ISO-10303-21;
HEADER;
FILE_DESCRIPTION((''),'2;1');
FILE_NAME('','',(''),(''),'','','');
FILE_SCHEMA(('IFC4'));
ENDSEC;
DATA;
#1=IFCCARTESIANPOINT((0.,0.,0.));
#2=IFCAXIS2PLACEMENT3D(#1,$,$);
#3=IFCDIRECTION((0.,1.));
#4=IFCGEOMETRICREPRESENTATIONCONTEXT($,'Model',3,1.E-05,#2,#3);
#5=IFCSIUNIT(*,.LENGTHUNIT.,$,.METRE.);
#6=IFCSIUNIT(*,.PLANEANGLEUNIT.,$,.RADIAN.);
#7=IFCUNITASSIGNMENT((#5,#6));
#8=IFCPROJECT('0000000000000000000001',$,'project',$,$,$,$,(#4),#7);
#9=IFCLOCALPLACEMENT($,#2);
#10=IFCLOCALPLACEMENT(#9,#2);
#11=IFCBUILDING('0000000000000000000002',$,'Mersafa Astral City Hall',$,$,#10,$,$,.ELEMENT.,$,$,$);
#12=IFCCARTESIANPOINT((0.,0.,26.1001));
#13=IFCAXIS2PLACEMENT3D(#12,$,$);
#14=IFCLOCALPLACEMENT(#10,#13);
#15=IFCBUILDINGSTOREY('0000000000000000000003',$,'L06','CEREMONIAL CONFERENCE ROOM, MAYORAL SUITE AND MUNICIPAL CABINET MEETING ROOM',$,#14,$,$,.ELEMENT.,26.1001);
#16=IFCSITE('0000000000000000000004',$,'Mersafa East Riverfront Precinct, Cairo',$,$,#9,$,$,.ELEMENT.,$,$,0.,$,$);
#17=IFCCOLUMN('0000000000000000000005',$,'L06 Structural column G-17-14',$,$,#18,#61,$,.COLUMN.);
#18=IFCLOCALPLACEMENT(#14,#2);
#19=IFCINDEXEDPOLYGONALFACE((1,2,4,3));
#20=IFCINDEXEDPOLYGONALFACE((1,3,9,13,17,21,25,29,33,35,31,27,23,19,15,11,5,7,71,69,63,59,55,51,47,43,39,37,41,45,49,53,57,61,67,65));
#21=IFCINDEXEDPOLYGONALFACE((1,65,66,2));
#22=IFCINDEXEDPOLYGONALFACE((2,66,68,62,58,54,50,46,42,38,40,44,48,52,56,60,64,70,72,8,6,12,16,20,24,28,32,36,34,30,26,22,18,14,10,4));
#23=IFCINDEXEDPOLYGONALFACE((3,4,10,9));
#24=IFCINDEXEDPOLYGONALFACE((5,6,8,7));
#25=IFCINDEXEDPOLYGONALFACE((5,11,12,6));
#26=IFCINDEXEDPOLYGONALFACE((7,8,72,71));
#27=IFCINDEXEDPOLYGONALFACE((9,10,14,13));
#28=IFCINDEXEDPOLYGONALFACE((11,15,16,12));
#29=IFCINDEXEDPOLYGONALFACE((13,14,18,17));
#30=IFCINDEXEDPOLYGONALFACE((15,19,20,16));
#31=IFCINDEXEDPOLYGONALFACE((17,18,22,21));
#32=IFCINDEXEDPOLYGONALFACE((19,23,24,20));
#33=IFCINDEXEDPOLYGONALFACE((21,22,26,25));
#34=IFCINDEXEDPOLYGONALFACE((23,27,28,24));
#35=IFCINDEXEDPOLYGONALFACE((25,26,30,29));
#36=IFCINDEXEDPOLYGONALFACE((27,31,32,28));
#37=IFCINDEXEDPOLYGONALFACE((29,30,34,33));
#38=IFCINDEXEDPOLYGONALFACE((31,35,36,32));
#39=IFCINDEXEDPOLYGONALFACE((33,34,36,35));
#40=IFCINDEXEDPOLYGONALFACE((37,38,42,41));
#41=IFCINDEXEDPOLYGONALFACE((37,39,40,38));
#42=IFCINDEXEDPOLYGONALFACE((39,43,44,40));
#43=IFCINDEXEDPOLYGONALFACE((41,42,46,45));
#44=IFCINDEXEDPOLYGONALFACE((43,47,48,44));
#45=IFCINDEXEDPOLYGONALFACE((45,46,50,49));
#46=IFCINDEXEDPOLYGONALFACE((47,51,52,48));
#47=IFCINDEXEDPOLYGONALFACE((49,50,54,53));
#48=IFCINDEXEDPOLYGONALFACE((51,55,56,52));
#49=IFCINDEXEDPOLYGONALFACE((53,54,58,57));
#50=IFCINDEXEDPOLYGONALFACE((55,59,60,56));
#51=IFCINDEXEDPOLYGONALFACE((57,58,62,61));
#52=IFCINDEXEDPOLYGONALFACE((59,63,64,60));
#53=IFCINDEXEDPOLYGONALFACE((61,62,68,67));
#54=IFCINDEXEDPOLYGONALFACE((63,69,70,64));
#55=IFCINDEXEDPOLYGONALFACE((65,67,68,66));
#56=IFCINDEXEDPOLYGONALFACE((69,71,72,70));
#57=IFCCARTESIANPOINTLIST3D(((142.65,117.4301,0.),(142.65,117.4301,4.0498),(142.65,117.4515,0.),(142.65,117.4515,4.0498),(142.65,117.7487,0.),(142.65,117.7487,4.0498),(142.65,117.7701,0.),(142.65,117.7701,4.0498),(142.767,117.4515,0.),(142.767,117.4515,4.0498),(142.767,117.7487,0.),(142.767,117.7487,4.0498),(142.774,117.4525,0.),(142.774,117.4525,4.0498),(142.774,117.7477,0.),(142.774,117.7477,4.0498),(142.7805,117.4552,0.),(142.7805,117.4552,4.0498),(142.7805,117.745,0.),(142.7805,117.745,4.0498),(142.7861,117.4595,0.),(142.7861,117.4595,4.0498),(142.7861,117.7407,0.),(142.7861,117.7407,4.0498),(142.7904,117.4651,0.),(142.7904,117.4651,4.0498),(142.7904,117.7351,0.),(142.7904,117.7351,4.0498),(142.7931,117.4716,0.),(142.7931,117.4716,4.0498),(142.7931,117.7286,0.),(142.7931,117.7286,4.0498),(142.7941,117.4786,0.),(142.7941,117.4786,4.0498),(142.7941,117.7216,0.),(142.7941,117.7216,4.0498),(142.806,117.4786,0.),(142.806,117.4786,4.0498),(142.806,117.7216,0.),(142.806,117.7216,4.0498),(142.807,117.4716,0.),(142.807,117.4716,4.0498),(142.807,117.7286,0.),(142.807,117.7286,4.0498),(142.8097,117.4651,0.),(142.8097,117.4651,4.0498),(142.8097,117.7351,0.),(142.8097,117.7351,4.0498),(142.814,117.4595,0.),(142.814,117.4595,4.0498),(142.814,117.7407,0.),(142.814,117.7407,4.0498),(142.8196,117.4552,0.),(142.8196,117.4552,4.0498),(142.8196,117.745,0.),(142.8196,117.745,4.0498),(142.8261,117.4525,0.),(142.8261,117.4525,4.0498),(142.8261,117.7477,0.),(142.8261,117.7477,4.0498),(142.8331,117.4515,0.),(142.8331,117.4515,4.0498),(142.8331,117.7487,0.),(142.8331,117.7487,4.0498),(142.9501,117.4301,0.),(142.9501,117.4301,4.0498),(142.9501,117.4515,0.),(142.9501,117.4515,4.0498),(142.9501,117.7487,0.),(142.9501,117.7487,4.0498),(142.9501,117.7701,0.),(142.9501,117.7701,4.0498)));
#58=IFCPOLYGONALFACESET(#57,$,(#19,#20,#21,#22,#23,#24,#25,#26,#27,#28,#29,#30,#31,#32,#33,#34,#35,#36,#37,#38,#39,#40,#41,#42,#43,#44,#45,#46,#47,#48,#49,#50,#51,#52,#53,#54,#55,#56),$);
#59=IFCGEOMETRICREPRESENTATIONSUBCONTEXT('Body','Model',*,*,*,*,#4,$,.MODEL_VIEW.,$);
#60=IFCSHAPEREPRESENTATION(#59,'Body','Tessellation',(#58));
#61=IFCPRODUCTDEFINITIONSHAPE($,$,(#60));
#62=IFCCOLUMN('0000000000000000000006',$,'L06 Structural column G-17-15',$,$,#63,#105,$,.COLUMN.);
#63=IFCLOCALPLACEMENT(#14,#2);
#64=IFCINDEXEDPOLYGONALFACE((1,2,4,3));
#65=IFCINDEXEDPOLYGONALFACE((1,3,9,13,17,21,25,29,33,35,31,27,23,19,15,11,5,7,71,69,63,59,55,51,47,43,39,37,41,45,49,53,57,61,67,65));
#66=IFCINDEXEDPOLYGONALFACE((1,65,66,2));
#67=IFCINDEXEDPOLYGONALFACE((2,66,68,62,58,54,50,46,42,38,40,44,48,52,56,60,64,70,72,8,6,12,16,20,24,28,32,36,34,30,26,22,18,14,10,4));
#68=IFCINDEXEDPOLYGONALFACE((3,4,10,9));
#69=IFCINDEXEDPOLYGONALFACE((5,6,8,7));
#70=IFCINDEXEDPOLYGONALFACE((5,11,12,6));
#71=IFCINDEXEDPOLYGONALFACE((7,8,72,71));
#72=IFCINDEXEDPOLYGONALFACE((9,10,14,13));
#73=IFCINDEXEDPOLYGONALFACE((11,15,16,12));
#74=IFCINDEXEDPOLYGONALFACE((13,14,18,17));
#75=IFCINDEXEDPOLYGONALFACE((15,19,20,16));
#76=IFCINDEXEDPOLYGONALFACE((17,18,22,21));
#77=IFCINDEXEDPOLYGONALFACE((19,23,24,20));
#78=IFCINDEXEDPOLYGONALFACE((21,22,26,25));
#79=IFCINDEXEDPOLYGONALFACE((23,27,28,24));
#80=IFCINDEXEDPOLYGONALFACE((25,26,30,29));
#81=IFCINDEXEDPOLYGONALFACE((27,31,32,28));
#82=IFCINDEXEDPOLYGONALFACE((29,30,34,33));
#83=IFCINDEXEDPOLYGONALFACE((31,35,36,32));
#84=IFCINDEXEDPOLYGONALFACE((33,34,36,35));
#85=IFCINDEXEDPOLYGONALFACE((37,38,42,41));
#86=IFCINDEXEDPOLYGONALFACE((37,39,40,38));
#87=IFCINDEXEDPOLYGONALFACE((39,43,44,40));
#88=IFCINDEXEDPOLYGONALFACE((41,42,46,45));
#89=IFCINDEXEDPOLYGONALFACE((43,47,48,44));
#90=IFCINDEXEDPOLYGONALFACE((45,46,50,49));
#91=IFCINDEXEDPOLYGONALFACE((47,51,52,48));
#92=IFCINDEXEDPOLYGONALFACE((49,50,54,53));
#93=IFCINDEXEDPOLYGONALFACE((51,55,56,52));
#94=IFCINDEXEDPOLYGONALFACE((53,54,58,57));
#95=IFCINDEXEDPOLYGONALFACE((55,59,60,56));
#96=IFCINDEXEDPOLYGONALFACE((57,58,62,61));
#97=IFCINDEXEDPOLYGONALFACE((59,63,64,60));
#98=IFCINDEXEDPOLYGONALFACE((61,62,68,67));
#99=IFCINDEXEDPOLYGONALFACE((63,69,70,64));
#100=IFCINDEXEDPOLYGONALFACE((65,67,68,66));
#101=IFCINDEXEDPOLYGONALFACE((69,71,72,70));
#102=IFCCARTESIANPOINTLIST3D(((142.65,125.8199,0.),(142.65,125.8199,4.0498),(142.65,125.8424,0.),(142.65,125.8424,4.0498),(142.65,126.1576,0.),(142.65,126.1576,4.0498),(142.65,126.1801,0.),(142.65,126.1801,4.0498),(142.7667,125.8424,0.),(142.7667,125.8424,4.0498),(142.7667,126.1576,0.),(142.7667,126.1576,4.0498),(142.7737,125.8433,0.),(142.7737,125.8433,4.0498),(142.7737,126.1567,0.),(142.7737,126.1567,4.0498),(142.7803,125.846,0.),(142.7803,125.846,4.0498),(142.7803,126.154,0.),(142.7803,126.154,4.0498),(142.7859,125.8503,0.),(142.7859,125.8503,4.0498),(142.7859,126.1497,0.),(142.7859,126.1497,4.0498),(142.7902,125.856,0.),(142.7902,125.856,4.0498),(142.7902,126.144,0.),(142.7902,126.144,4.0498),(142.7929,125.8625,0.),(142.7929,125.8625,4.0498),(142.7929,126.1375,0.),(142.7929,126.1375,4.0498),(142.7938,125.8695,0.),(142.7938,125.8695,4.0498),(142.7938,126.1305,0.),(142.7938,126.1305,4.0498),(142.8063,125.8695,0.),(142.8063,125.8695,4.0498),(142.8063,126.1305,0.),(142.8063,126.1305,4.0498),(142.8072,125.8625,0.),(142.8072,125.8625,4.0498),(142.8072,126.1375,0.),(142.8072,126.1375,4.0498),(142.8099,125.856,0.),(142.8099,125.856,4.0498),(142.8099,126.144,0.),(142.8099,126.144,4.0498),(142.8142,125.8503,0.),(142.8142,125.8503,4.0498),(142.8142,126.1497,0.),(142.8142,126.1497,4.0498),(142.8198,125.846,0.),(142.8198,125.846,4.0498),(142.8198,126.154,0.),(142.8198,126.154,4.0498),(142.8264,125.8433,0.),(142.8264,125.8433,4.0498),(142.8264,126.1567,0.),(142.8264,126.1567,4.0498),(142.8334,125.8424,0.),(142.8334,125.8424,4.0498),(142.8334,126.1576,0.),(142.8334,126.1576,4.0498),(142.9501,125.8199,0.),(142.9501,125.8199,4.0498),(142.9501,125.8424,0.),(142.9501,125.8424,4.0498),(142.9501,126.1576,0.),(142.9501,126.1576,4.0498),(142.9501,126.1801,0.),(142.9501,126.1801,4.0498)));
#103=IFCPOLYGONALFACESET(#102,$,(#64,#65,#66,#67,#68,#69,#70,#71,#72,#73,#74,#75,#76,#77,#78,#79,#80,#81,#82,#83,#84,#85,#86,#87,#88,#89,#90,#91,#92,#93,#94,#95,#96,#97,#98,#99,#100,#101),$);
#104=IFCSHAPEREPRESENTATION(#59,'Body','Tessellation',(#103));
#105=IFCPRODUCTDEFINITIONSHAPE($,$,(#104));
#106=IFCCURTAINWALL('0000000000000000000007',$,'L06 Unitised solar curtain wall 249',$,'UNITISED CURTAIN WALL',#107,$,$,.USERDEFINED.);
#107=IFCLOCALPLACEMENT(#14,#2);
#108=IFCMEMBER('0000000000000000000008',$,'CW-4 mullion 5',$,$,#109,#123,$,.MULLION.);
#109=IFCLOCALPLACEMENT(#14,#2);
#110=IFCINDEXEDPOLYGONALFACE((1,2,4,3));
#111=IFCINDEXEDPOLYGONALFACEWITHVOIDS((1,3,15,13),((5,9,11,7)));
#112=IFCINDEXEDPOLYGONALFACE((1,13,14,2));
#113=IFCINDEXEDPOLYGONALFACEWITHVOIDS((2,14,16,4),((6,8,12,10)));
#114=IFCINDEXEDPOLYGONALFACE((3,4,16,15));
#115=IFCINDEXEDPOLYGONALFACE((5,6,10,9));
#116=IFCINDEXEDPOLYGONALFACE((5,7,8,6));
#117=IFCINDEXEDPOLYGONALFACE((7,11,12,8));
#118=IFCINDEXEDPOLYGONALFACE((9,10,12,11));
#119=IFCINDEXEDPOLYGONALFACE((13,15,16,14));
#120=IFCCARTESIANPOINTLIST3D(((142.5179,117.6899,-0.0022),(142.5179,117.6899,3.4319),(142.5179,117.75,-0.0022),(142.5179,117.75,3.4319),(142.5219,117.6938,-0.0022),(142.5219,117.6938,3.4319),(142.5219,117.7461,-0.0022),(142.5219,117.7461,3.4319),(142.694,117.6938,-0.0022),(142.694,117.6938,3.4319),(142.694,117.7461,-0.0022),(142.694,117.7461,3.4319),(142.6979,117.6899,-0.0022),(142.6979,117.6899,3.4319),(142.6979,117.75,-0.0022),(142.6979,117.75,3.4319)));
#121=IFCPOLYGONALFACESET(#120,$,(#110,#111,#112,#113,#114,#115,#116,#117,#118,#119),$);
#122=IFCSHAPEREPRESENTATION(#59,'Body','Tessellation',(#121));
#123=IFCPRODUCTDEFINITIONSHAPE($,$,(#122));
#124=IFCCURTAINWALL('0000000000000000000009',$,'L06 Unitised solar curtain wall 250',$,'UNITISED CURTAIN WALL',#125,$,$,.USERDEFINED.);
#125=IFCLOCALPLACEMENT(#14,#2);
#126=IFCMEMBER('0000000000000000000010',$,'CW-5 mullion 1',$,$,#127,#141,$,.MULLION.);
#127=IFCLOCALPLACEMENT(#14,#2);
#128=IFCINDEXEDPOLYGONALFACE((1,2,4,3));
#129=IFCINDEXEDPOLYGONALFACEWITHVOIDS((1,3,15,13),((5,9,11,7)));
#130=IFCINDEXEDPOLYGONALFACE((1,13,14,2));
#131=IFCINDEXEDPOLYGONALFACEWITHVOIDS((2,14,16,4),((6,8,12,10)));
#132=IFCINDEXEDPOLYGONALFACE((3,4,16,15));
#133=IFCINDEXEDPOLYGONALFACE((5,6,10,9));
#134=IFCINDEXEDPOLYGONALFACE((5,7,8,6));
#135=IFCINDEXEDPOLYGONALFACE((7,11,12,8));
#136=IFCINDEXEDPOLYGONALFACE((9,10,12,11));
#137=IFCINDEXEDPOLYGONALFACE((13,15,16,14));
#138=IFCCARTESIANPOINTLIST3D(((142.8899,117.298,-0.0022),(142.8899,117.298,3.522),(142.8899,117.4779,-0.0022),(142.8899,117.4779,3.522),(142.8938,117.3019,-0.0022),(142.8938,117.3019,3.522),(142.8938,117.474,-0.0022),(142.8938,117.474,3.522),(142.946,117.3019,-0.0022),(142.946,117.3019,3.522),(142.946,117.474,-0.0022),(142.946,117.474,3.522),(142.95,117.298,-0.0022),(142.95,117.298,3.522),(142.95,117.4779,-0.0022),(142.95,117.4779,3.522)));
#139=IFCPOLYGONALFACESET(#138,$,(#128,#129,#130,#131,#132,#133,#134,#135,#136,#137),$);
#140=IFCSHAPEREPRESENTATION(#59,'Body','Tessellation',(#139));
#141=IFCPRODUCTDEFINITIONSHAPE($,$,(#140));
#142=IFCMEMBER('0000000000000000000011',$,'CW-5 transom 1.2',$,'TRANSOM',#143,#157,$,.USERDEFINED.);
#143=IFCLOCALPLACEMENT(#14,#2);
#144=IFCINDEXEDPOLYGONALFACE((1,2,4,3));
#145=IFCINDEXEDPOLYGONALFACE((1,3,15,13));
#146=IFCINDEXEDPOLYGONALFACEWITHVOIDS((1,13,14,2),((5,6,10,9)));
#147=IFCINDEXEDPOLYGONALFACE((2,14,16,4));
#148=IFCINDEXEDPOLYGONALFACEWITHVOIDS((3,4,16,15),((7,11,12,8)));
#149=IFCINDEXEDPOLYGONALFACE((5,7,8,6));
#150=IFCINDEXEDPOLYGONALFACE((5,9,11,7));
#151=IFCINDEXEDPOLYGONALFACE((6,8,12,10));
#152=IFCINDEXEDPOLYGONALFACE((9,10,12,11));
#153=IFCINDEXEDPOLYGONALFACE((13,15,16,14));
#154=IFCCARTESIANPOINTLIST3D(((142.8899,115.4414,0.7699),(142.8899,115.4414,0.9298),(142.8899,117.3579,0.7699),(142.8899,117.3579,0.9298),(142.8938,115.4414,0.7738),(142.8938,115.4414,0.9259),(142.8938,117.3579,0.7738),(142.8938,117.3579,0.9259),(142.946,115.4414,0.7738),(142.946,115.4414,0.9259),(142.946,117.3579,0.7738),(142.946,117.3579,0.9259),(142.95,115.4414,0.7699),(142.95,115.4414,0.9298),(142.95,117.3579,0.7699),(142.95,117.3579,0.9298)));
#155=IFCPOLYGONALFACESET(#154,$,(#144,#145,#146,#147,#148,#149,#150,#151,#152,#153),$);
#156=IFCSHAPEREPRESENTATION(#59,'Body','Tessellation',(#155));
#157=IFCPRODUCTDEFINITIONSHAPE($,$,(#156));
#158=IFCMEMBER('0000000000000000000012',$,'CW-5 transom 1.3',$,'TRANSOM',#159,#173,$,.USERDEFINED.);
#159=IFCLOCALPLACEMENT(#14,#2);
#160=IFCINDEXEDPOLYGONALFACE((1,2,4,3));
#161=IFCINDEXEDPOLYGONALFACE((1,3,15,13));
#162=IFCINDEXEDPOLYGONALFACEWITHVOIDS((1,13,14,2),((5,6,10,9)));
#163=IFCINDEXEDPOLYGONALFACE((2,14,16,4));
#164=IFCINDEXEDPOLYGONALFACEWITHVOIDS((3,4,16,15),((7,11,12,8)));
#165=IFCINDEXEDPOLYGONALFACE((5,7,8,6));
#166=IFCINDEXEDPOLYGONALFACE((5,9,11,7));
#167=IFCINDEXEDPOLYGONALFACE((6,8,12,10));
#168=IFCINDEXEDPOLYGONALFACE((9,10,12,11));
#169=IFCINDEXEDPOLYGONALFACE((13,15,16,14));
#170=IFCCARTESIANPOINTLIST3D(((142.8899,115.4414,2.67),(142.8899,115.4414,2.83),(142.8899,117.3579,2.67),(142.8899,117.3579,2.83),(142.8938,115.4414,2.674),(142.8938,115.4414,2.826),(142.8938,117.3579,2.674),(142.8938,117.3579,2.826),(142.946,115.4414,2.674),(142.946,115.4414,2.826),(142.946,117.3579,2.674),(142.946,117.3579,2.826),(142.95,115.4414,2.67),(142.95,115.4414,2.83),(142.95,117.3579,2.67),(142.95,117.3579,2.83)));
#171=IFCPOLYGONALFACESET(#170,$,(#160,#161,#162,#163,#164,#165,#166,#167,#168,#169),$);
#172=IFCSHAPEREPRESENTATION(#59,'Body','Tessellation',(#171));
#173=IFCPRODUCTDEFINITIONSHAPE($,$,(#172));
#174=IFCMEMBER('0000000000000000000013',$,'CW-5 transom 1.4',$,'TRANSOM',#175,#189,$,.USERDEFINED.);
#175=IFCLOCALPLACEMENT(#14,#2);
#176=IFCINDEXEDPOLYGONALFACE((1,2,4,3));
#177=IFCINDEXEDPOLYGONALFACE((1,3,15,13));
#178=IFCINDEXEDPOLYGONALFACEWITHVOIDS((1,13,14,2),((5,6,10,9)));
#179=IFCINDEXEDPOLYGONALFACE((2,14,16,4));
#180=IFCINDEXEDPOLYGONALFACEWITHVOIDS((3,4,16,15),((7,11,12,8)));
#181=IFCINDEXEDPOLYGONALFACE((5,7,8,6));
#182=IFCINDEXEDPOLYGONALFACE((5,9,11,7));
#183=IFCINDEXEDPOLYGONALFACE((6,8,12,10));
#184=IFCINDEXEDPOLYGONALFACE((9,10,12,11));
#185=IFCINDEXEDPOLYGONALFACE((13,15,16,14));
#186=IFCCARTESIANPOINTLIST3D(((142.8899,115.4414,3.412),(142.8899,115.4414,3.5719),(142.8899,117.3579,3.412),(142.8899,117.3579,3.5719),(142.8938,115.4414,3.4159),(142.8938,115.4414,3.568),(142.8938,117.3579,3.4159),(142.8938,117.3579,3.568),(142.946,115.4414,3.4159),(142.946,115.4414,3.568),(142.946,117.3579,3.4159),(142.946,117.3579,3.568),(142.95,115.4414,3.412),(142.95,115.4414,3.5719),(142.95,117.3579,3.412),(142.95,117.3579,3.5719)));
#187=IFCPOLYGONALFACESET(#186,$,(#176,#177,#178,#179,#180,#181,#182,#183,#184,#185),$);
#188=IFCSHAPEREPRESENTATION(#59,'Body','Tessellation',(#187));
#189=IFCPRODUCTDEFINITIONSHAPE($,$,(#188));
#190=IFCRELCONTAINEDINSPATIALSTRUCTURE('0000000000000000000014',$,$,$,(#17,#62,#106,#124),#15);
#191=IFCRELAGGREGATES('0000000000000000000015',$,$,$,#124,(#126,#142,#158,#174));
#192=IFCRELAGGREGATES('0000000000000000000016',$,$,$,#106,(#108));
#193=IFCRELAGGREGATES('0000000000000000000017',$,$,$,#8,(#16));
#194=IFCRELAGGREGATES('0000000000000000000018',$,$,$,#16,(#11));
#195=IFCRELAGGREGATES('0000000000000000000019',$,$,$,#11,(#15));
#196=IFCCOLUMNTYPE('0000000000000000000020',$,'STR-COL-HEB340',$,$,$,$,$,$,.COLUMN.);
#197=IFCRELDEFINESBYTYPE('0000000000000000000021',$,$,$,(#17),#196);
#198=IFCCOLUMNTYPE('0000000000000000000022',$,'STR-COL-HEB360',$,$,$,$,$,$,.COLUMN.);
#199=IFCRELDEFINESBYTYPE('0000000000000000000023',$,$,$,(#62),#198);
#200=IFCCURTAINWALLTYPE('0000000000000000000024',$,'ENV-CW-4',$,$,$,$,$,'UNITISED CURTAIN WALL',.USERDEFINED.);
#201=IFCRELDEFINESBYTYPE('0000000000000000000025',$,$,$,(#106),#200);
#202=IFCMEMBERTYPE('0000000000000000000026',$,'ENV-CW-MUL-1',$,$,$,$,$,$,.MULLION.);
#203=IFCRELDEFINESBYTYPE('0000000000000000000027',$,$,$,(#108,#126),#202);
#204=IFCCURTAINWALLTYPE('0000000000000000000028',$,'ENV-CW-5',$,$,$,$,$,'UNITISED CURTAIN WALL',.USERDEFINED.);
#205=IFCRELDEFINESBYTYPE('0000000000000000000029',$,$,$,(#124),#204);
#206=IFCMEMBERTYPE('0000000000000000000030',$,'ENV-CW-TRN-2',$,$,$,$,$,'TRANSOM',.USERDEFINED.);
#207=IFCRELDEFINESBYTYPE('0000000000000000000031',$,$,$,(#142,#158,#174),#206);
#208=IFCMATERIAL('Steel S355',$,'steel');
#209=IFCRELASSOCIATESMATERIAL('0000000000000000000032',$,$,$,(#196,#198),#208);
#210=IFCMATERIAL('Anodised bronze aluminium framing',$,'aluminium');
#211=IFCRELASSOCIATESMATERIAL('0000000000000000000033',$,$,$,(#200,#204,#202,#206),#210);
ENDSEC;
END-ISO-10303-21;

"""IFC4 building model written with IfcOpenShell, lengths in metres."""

from ifc_helpers import new_model, si_unit, direction, frame, origin, origin_2d, place, context, subcontext, project, spatial, hollow_rectangle, i_section, extrude, material, material_profile, profile_set, type_object, element, aggregate, save


model = new_model("IFC4")

# Units and contexts
model_context = context("Model", 3, precision=1e-05, world=origin(), true_north=direction((0.0, 1.0)))
body_context = subcontext(model_context, "Body", "Model", "MODEL_VIEW")
ifc_project = project(units=[si_unit("LENGTHUNIT", "METRE"), si_unit("PLANEANGLEUNIT", "RADIAN")], contexts=[model_context])

# Site, building, storey
site_placement = place(None, origin())
site = spatial("IfcSite", under=ifc_project, at=site_placement, Name="Mersafa East Riverfront Precinct, Cairo", CompositionType="ELEMENT", RefElevation=0.0)
building_placement = place(site_placement, origin())
building = spatial("IfcBuilding", under=site, at=building_placement, Name="Mersafa Astral City Hall", CompositionType="ELEMENT")
storey_placement = place(building_placement, frame((0.0, 0.0, 26.1001)))
storey = spatial("IfcBuildingStorey", under=building, at=storey_placement, Name="L06", Description="CEREMONIAL CONFERENCE ROOM, MAYORAL SUITE AND MUNICIPAL CABINET MEETING ROOM", CompositionType="ELEMENT", Elevation=26.1001)

# Columns
ifc_material_1 = material(Name="Steel S355", Category="steel")
ifc_material_profile_1 = material_profile(ifc_material_1, i_section(OverallWidth=0.3, OverallDepth=0.3401, WebThickness=0.012, FlangeThickness=0.0215, FilletRadius=0.0271, at=origin_2d()), Name="HEB 340")
ifc_profile_set_1 = profile_set([ifc_material_profile_1], Name="Steel S355")
column_type_1 = type_object("IfcColumnType", Name="STR-COL-HEB340", PredefinedType="COLUMN", material=ifc_profile_set_1)
column_1_placement = place(storey_placement, frame((142.8, 117.6001, 0.0), z_axis=(0.0, 0.0, 1.0), x_axis=(1.0, 0.0, 0.0)))
element("IfcColumn", 1, at=column_1_placement, inside=storey, type_object=column_type_1, Name="L06 Structural column G-17-14", PredefinedType="COLUMN", context=body_context, shape_type="SweptSolid", body=[
    extrude(i_section(OverallWidth=0.3, OverallDepth=0.3401, WebThickness=0.012, FlangeThickness=0.0215, FilletRadius=0.0271, at=origin_2d()), origin(), (0.0, 0.0, 1.0), 4.0498),
])
ifc_material_profile_2 = material_profile(ifc_material_1, i_section(OverallWidth=0.3, OverallDepth=0.3601, WebThickness=0.0125, FlangeThickness=0.0225, FilletRadius=0.0271, at=origin_2d()), Name="HEB 360")
ifc_profile_set_2 = profile_set([ifc_material_profile_2], Name="Steel S355")
column_type_2 = type_object("IfcColumnType", Name="STR-COL-HEB360", PredefinedType="COLUMN", material=ifc_profile_set_2)
column_2_placement = place(storey_placement, frame((142.8, 126.0, 0.0), z_axis=(0.0, 0.0, 1.0), x_axis=(1.0, 0.0, 0.0)))
element("IfcColumn", 2, at=column_2_placement, inside=storey, type_object=column_type_2, Name="L06 Structural column G-17-15", PredefinedType="COLUMN", context=body_context, shape_type="SweptSolid", body=[
    extrude(i_section(OverallWidth=0.3, OverallDepth=0.3601, WebThickness=0.0125, FlangeThickness=0.0225, FilletRadius=0.0271, at=origin_2d()), origin(), (0.0, 0.0, 1.0), 4.0498),
])

# Curtain wall, member
ifc_material_2 = material(Name="Anodised bronze aluminium framing", Category="aluminium")
curtain_wall_type_1 = type_object("IfcCurtainWallType", Name="ENV-CW-4", ElementType="UNITISED CURTAIN WALL", PredefinedType="USERDEFINED", material=ifc_material_2)
curtain_wall_1_placement = place(storey_placement, origin())
curtain_wall_1 = element("IfcCurtainWall", 3, at=curtain_wall_1_placement, inside=storey, type_object=curtain_wall_type_1, Name="L06 Unitised solar curtain wall 249", ObjectType="UNITISED CURTAIN WALL", PredefinedType="USERDEFINED")
ifc_material_profile_3 = material_profile(ifc_material_2, hollow_rectangle(XDim=0.0601, YDim=0.1799, WallThickness=0.0039, at=origin_2d()), Name="RHS 60x180x4")
ifc_profile_set_3 = profile_set([ifc_material_profile_3], Name="Anodised bronze aluminium framing")
member_type_1 = type_object("IfcMemberType", Name="ENV-CW-MUL-1", PredefinedType="MULLION", material=ifc_profile_set_3)
member_1_placement = place(storey_placement, frame((142.6079, 117.72, -0.0022), z_axis=(0.0, 0.0, 1.0), x_axis=(0.0, 1.0, 0.0)))
member_1 = element("IfcMember", 4, at=member_1_placement, type_object=member_type_1, Name="CW-4 mullion 5", PredefinedType="MULLION", context=body_context, shape_type="SweptSolid", body=[
    extrude(hollow_rectangle(XDim=0.0601, YDim=0.1799, WallThickness=0.0039, at=origin_2d()), origin(), (0.0, 0.0, 1.0), 3.4341),
])

# Curtain wall, members
curtain_wall_type_2 = type_object("IfcCurtainWallType", Name="ENV-CW-5", ElementType="UNITISED CURTAIN WALL", PredefinedType="USERDEFINED", material=ifc_material_2)
curtain_wall_2_placement = place(storey_placement, origin())
curtain_wall_2 = element("IfcCurtainWall", 5, at=curtain_wall_2_placement, inside=storey, type_object=curtain_wall_type_2, Name="L06 Unitised solar curtain wall 250", ObjectType="UNITISED CURTAIN WALL", PredefinedType="USERDEFINED")
member_2_placement = place(storey_placement, frame((142.9199, 117.3879, -0.0022), z_axis=(0.0, 0.0, 1.0), x_axis=(1.0, 0.0, 0.0)))
member_2 = element("IfcMember", 6, at=member_2_placement, type_object=member_type_1, Name="CW-5 mullion 1", PredefinedType="MULLION", context=body_context, shape_type="SweptSolid", body=[
    extrude(hollow_rectangle(XDim=0.0601, YDim=0.1799, WallThickness=0.0039, at=origin_2d()), origin(), (0.0, 0.0, 1.0), 3.5242),
])
ifc_material_profile_4 = material_profile(ifc_material_2, hollow_rectangle(XDim=0.0601, YDim=0.1599, WallThickness=0.0039, at=origin_2d()), Name="RHS 60x160x4")
ifc_profile_set_4 = profile_set([ifc_material_profile_4], Name="Anodised bronze aluminium framing")
member_type_2 = type_object("IfcMemberType", Name="ENV-CW-TRN-2", ElementType="TRANSOM", PredefinedType="USERDEFINED", material=ifc_profile_set_4)
member_3_placement = place(storey_placement, frame((142.9199, 117.3579, 0.8499), z_axis=(0.0, -1.0, 0.0), x_axis=(1.0, 0.0, 0.0)))
member_3 = element("IfcMember", 7, at=member_3_placement, type_object=member_type_2, Name="CW-5 transom 1.2", ObjectType="TRANSOM", PredefinedType="USERDEFINED", context=body_context, shape_type="SweptSolid", body=[
    extrude(hollow_rectangle(XDim=0.0601, YDim=0.1599, WallThickness=0.0039, at=origin_2d()), origin(), (0.0, 0.0, 1.0), 1.9165),
])
member_4_placement = place(storey_placement, frame((142.9199, 117.3579, 2.75), z_axis=(0.0, -1.0, 0.0), x_axis=(1.0, 0.0, 0.0)))
member_4 = element("IfcMember", 8, at=member_4_placement, type_object=member_type_2, Name="CW-5 transom 1.3", ObjectType="TRANSOM", PredefinedType="USERDEFINED", context=body_context, shape_type="SweptSolid", body=[
    extrude(hollow_rectangle(XDim=0.0601, YDim=0.1599, WallThickness=0.0039, at=origin_2d()), origin(), (0.0, 0.0, 1.0), 1.9165),
])
member_5_placement = place(storey_placement, frame((142.9199, 117.3579, 3.4919), z_axis=(0.0, -1.0, 0.0), x_axis=(1.0, 0.0, 0.0)))
member_5 = element("IfcMember", 9, at=member_5_placement, type_object=member_type_2, Name="CW-5 transom 1.4", ObjectType="TRANSOM", PredefinedType="USERDEFINED", context=body_context, shape_type="SweptSolid", body=[
    extrude(hollow_rectangle(XDim=0.0601, YDim=0.1599, WallThickness=0.0039, at=origin_2d()), origin(), (0.0, 0.0, 1.0), 1.9165),
])
aggregate(curtain_wall_2, [member_2, member_3, member_4, member_5])

aggregate(curtain_wall_1, [member_1])

save(model, "model.ifc")
